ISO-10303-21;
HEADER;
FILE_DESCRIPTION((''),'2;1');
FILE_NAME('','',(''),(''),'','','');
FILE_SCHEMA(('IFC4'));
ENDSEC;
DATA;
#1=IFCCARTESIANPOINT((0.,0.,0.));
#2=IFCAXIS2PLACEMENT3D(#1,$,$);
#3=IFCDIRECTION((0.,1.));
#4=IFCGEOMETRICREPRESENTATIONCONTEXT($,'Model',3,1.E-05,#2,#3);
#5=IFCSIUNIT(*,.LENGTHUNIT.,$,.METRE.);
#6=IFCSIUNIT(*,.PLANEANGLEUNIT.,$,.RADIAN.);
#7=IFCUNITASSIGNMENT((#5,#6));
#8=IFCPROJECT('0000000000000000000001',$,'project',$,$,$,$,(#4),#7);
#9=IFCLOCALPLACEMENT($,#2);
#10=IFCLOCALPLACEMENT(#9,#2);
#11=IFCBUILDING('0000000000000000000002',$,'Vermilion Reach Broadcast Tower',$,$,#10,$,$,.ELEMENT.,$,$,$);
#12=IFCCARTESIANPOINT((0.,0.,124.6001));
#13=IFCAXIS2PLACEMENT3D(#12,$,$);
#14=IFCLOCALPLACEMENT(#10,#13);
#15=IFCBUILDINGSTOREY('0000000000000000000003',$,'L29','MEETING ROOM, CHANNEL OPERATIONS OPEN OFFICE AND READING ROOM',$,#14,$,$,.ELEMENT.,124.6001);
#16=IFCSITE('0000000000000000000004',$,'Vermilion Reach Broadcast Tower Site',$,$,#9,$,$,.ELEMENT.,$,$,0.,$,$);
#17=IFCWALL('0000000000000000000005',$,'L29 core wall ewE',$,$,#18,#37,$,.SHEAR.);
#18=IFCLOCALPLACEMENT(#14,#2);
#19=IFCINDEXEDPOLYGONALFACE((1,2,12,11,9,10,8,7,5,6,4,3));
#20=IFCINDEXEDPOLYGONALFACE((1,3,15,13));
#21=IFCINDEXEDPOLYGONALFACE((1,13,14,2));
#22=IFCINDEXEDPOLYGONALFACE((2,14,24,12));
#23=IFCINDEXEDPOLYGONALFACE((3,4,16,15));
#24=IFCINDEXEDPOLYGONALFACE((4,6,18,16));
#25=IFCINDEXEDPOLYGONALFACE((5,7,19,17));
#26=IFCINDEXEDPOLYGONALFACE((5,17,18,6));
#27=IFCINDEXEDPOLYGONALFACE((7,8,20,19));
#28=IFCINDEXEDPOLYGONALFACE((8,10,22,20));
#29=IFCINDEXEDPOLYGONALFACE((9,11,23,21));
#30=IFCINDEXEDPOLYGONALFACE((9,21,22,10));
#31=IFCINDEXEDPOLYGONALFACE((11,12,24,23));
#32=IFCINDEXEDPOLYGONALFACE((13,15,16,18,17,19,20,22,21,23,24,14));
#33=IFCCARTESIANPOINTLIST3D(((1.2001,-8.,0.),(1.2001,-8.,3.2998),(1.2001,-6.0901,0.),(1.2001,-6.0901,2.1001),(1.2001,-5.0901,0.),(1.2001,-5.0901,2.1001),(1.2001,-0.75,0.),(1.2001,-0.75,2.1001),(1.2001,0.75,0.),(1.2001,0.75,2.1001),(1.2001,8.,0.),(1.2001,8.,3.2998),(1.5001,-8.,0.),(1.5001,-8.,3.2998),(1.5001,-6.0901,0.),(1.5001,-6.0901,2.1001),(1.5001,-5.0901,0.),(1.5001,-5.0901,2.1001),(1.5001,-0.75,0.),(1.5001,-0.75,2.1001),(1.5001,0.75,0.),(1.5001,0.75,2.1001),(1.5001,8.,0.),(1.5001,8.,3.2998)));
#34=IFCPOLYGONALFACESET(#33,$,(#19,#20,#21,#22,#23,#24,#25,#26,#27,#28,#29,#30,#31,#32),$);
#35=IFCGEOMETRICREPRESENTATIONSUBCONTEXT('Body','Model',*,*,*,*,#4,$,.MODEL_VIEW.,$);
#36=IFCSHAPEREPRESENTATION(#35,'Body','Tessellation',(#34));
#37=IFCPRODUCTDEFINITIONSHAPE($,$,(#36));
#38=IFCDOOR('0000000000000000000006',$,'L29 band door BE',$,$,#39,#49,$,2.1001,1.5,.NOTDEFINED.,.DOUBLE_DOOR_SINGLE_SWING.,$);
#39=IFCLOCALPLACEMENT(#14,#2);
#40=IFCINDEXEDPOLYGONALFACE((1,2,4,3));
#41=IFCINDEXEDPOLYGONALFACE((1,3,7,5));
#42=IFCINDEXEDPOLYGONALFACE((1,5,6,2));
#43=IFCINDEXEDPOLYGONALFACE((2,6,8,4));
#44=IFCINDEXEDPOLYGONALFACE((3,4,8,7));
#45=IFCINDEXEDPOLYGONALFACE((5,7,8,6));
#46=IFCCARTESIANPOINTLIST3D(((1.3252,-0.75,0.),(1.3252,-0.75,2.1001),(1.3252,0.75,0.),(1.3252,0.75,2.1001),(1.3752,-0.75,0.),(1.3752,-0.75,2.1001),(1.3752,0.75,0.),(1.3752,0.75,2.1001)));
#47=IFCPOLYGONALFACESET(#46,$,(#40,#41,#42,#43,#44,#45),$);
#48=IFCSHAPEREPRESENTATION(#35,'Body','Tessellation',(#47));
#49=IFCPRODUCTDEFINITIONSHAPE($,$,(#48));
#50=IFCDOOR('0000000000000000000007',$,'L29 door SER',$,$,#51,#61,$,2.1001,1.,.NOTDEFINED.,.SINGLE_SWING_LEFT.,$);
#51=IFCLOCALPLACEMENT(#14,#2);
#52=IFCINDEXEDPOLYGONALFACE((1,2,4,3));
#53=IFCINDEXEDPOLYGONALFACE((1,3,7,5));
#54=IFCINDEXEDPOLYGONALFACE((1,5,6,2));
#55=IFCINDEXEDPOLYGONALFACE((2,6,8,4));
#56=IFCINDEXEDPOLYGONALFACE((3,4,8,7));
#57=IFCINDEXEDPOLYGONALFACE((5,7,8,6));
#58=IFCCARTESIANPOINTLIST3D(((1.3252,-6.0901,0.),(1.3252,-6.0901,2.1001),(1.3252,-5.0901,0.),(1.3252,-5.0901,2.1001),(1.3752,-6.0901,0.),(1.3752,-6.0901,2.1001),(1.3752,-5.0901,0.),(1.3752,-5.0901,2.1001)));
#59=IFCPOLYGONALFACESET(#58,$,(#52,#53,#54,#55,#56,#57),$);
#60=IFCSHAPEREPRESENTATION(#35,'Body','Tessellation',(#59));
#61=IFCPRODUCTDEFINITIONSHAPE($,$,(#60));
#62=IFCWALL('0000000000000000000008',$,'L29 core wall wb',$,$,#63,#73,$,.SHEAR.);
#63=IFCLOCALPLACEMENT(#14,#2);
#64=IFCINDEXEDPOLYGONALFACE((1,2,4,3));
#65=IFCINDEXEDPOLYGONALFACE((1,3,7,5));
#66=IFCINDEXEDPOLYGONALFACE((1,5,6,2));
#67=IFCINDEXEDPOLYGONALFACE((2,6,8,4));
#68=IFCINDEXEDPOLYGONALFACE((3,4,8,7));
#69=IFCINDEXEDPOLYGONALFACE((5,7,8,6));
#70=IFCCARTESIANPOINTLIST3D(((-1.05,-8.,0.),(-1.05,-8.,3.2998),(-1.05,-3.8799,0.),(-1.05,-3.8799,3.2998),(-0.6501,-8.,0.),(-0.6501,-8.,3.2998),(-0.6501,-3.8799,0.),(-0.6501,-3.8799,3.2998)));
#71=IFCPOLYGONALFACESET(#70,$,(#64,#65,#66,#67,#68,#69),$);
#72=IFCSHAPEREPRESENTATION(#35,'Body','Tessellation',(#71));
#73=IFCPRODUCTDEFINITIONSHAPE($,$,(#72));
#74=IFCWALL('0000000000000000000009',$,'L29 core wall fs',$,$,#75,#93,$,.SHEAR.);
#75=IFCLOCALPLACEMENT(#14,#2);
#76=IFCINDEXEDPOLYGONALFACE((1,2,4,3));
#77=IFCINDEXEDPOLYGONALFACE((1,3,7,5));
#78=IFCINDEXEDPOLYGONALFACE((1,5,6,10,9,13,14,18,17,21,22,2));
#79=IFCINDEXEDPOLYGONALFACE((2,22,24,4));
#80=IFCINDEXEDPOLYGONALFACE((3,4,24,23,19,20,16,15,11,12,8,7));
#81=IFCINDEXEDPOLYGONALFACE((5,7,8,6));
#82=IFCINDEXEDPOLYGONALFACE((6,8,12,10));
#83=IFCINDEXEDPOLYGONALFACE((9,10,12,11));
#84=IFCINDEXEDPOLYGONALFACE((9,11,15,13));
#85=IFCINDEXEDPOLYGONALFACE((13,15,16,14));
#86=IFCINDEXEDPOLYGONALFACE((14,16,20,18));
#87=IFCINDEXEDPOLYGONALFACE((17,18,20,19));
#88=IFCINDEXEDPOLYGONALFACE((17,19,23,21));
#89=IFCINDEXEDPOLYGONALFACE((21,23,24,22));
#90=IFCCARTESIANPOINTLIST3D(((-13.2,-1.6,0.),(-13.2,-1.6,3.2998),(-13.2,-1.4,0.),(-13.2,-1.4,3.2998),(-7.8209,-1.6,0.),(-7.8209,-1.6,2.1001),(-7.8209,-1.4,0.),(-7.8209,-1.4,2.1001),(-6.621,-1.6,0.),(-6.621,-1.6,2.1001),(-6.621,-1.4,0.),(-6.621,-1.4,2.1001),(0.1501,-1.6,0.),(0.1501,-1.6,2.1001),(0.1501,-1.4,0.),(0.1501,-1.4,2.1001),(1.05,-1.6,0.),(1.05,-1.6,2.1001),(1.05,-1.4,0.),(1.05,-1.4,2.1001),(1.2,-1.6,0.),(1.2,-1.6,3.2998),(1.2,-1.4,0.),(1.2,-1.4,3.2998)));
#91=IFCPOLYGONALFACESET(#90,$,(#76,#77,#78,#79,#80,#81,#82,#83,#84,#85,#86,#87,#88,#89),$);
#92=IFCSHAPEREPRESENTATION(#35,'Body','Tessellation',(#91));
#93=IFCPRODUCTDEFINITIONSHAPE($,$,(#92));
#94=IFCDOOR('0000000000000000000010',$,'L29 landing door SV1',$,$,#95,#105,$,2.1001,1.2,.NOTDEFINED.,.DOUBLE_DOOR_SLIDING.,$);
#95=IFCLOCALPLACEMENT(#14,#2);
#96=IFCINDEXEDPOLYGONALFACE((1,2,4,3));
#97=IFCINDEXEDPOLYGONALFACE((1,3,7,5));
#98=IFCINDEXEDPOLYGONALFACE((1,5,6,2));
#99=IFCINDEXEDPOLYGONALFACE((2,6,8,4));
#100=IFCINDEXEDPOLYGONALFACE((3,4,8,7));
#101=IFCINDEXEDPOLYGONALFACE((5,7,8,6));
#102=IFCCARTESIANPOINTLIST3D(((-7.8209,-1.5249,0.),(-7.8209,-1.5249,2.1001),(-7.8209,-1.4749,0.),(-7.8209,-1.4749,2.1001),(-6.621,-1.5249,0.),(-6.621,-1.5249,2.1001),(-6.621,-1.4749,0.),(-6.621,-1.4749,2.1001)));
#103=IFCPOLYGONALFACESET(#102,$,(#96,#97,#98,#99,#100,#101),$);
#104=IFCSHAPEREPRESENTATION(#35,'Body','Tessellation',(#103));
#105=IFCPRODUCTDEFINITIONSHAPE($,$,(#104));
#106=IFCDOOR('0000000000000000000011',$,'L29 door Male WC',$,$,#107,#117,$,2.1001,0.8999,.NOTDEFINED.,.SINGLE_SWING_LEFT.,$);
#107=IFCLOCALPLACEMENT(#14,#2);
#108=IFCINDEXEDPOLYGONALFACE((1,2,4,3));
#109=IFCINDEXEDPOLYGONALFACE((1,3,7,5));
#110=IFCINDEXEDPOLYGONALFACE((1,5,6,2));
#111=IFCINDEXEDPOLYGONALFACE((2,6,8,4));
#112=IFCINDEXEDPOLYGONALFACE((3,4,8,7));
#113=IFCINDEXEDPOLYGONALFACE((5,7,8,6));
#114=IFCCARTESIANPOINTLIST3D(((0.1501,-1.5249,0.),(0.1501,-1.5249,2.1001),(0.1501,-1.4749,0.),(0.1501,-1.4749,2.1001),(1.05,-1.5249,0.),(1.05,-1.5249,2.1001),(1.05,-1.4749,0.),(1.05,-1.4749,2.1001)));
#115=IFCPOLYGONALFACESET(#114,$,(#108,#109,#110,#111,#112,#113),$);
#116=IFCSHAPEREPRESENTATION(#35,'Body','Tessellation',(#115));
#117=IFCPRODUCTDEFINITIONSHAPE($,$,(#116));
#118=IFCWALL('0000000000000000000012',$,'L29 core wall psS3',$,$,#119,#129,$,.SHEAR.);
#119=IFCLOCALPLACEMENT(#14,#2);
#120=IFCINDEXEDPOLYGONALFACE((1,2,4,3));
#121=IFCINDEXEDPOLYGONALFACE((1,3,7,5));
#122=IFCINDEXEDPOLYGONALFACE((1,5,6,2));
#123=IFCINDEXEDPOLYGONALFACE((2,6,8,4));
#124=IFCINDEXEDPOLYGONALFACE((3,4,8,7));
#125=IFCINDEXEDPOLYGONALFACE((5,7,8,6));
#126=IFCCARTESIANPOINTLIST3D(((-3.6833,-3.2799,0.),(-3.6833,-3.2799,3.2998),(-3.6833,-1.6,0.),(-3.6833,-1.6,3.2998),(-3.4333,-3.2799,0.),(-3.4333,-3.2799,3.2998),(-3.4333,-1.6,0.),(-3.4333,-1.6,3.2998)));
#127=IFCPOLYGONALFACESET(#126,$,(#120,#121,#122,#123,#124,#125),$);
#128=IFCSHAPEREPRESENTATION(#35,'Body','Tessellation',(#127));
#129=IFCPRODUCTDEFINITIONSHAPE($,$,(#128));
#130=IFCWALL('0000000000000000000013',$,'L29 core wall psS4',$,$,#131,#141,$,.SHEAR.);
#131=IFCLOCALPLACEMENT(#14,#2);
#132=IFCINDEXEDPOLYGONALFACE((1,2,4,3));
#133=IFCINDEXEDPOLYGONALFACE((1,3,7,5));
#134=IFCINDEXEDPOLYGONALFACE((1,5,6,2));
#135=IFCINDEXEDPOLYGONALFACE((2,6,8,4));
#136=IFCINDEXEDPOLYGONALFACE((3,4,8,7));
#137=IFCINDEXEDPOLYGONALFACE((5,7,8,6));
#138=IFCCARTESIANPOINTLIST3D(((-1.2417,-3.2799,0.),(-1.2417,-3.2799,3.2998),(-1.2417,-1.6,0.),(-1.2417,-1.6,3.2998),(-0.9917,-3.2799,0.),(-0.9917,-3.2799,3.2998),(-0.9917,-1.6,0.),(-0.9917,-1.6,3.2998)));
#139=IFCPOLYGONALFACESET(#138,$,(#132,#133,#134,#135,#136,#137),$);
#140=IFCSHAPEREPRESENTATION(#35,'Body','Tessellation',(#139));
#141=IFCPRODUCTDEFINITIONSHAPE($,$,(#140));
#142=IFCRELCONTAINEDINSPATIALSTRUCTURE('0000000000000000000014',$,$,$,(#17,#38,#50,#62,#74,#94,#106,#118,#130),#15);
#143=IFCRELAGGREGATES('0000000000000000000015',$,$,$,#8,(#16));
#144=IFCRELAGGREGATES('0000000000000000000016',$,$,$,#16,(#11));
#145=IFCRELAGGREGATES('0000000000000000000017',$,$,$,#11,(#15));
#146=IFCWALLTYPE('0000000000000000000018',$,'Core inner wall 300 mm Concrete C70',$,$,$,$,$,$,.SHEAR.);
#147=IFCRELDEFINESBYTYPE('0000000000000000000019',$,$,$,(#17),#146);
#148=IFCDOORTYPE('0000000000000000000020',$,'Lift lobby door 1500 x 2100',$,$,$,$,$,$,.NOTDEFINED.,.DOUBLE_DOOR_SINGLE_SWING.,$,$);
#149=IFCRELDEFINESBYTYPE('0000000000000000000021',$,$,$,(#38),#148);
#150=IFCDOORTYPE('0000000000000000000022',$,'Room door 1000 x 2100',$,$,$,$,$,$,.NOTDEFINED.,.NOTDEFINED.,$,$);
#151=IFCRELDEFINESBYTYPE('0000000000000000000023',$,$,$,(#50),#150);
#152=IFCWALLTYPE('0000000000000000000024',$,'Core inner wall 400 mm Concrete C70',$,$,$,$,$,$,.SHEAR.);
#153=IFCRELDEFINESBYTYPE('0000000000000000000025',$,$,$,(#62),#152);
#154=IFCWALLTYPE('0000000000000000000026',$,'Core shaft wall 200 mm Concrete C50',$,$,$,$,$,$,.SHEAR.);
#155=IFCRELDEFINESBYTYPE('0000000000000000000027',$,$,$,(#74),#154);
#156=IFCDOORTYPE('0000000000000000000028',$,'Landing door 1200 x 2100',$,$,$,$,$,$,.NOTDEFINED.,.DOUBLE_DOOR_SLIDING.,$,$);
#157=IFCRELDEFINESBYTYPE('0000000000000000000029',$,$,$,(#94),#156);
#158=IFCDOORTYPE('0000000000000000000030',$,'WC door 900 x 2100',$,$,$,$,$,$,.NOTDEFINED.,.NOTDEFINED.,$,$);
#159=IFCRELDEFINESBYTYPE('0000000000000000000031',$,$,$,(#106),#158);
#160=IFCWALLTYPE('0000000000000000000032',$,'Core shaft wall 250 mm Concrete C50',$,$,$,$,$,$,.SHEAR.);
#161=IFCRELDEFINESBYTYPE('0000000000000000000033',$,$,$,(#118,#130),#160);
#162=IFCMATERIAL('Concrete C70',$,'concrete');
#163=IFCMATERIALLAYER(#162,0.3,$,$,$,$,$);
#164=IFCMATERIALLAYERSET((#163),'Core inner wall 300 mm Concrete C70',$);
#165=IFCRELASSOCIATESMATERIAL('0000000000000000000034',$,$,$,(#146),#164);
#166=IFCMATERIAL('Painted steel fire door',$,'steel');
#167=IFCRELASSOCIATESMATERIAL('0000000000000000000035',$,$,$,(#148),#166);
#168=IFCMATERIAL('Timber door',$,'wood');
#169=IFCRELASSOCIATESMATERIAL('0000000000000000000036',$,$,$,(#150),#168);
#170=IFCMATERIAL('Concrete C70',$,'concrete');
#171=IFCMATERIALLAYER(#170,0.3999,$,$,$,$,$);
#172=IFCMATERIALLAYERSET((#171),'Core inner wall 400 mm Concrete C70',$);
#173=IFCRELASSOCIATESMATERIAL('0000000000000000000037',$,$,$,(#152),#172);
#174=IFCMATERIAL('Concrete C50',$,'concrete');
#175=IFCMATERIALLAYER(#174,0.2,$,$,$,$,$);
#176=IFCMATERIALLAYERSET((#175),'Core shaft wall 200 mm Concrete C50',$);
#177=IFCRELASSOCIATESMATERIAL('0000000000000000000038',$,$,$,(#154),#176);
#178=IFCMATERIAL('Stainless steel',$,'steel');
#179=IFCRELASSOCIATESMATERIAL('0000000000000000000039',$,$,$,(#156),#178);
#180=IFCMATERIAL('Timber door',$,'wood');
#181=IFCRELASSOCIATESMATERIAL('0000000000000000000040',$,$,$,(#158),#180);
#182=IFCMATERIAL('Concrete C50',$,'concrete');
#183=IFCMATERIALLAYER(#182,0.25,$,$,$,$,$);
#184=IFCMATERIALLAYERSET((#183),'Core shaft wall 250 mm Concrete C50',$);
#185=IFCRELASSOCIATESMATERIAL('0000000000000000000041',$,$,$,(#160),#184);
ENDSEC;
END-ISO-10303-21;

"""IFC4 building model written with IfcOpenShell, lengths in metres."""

from ifc_helpers import new_model, si_unit, direction, frame, frame_2d, origin, place, context, subcontext, project, spatial, rectangle, extrude, material, layer, layer_set, type_object, element, fill, save


model = new_model("IFC4")

# Units and contexts
model_context = context("Model", 3, precision=1e-05, world=origin(), true_north=direction((0.0, 1.0)))
body_context = subcontext(model_context, "Body", "Model", "MODEL_VIEW")
ifc_project = project(units=[si_unit("LENGTHUNIT", "METRE"), si_unit("PLANEANGLEUNIT", "RADIAN")], contexts=[model_context])

# Site, building, storey
site_placement = place(None, origin())
site = spatial("IfcSite", under=ifc_project, at=site_placement, Name="Vermilion Reach Broadcast Tower Site", CompositionType="ELEMENT", RefElevation=0.0)
building_placement = place(site_placement, origin())
building = spatial("IfcBuilding", under=site, at=building_placement, Name="Vermilion Reach Broadcast Tower", CompositionType="ELEMENT")
storey_placement = place(building_placement, frame((0.0, 0.0, 124.6001)))
storey = spatial("IfcBuildingStorey", under=building, at=storey_placement, Name="L29", Description="MEETING ROOM, CHANNEL OPERATIONS OPEN OFFICE AND READING ROOM", CompositionType="ELEMENT", Elevation=124.6001)

# Wall, openings, doors
ifc_material_1 = material(Name="Concrete C70", Category="concrete")
ifc_layer_1 = layer(ifc_material_1, 0.3)
ifc_layer_set_1 = layer_set([ifc_layer_1], Name="Core inner wall 300 mm Concrete C70")
wall_type_1 = type_object("IfcWallType", Name="Core inner wall 300 mm Concrete C70", PredefinedType="SHEAR", material=ifc_layer_set_1)
wall_1_placement = place(storey_placement, frame((1.3501, -8.0, 0.0), z_axis=(0.0, 0.0, 1.0), x_axis=(0.0, 1.0, 0.0)))
wall_1 = element("IfcWall", 1, at=wall_1_placement, inside=storey, type_object=wall_type_1, Name="L29 core wall ewE", PredefinedType="SHEAR", context=body_context, shape_type="SweptSolid", body=[
    extrude(rectangle(XDim=16.0, YDim=0.3, at=frame_2d((8.0, 0.0))), origin(), (0.0, 0.0, 1.0), 3.2998),
])
opening_1_placement = place(wall_1_placement, frame((1.9099, 0.0, 0.0)))
opening_1 = element("IfcOpeningElement", 2, at=opening_1_placement, cuts=wall_1, PredefinedType="OPENING", context=body_context, shape_type="SweptSolid", body=[
    extrude(rectangle(XDim=1.0, YDim=2.1001, at=frame_2d((0.5, 1.05))), frame((0.0, 0.1599, 0.0), z_axis=(0.0, -1.0, 0.0), x_axis=(1.0, 0.0, 0.0)), (0.0, 0.0, 1.0), 0.3201),
])
opening_2_placement = place(wall_1_placement, frame((7.25, 0.0, 0.0)))
opening_2 = element("IfcOpeningElement", 3, at=opening_2_placement, cuts=wall_1, PredefinedType="OPENING", context=body_context, shape_type="SweptSolid", body=[
    extrude(rectangle(XDim=1.5, YDim=2.1001, at=frame_2d((0.75, 1.05))), frame((0.0, 0.1599, 0.0), z_axis=(0.0, -1.0, 0.0), x_axis=(1.0, 0.0, 0.0)), (0.0, 0.0, 1.0), 0.3201),
])
ifc_material_2 = material(Name="Painted steel fire door", Category="steel")
door_type_1 = type_object("IfcDoorType", Name="Lift lobby door 1500 x 2100", OperationType="DOUBLE_DOOR_SINGLE_SWING", PredefinedType="NOTDEFINED", material=ifc_material_2)
door_1_placement = place(opening_2_placement, origin())
door_1 = element("IfcDoor", 4, at=door_1_placement, inside=storey, type_object=door_type_1, Name="L29 band door BE", OperationType="DOUBLE_DOOR_SINGLE_SWING", OverallHeight=2.1001, OverallWidth=1.5, PredefinedType="NOTDEFINED", context=body_context, shape_type="SweptSolid", body=[
    extrude(rectangle(XDim=1.5, YDim=2.1001, at=frame_2d((0.75, 1.05))), frame((0.0, 0.0249, 0.0), z_axis=(0.0, -1.0, 0.0), x_axis=(1.0, 0.0, 0.0)), (0.0, 0.0, 1.0), 0.05),
])
fill(opening_2, door_1)
ifc_material_3 = material(Name="Timber door", Category="wood")
door_type_2 = type_object("IfcDoorType", Name="Room door 1000 x 2100", OperationType="NOTDEFINED", PredefinedType="NOTDEFINED", material=ifc_material_3)
door_2_placement = place(opening_1_placement, origin())
door_2 = element("IfcDoor", 5, at=door_2_placement, inside=storey, type_object=door_type_2, Name="L29 door SER", OperationType="SINGLE_SWING_LEFT", OverallHeight=2.1001, OverallWidth=1.0, PredefinedType="NOTDEFINED", context=body_context, shape_type="SweptSolid", body=[
    extrude(rectangle(XDim=1.0, YDim=2.1001, at=frame_2d((0.5, 1.05))), frame((0.0, 0.0249, 0.0), z_axis=(0.0, -1.0, 0.0), x_axis=(1.0, 0.0, 0.0)), (0.0, 0.0, 1.0), 0.05),
])
fill(opening_1, door_2)

# Wall
ifc_material_4 = material(Name="Concrete C70", Category="concrete")
ifc_layer_2 = layer(ifc_material_4, 0.3999)
ifc_layer_set_2 = layer_set([ifc_layer_2], Name="Core inner wall 400 mm Concrete C70")
wall_type_2 = type_object("IfcWallType", Name="Core inner wall 400 mm Concrete C70", PredefinedType="SHEAR", material=ifc_layer_set_2)
wall_2_placement = place(storey_placement, frame((-0.8501, -3.8799, 0.0), z_axis=(0.0, 0.0, 1.0), x_axis=(0.0, -1.0, 0.0)))
element("IfcWall", 6, at=wall_2_placement, inside=storey, type_object=wall_type_2, Name="L29 core wall wb", PredefinedType="SHEAR", context=body_context, shape_type="SweptSolid", body=[
    extrude(rectangle(XDim=4.1201, YDim=0.3999, at=frame_2d((2.0601, 0.0))), origin(), (0.0, 0.0, 1.0), 3.2998),
])

# Wall, openings, doors
ifc_material_5 = material(Name="Concrete C50", Category="concrete")
ifc_layer_3 = layer(ifc_material_5, 0.2)
ifc_layer_set_3 = layer_set([ifc_layer_3], Name="Core shaft wall 200 mm Concrete C50")
wall_type_3 = type_object("IfcWallType", Name="Core shaft wall 200 mm Concrete C50", PredefinedType="SHEAR", material=ifc_layer_set_3)
wall_3_placement = place(storey_placement, frame((1.2, -1.5, 0.0), z_axis=(0.0, 0.0, 1.0), x_axis=(-1.0, 0.0, 0.0)))
wall_3 = element("IfcWall", 7, at=wall_3_placement, inside=storey, type_object=wall_type_3, Name="L29 core wall fs", PredefinedType="SHEAR", context=body_context, shape_type="SweptSolid", body=[
    extrude(rectangle(XDim=14.3999, YDim=0.2, at=frame_2d((7.2, 0.0))), origin(), (0.0, 0.0, 1.0), 3.2998),
])
opening_3_placement = place(wall_3_placement, frame((7.8208, 0.0, 0.0)))
opening_3 = element("IfcOpeningElement", 8, at=opening_3_placement, cuts=wall_3, PredefinedType="OPENING", context=body_context, shape_type="SweptSolid", body=[
    extrude(rectangle(XDim=1.2, YDim=2.1001, at=frame_2d((0.6001, 1.05))), frame((0.0, 0.1099, 0.0), z_axis=(0.0, -1.0, 0.0), x_axis=(1.0, 0.0, 0.0)), (0.0, 0.0, 1.0), 0.22),
])
opening_4_placement = place(wall_3_placement, frame((0.1499, 0.0, 0.0)))
opening_4 = element("IfcOpeningElement", 9, at=opening_4_placement, cuts=wall_3, PredefinedType="OPENING", context=body_context, shape_type="SweptSolid", body=[
    extrude(rectangle(XDim=0.8999, YDim=2.1001, at=frame_2d((0.45, 1.05))), frame((0.0, 0.1099, 0.0), z_axis=(0.0, -1.0, 0.0), x_axis=(1.0, 0.0, 0.0)), (0.0, 0.0, 1.0), 0.22),
])
ifc_material_6 = material(Name="Stainless steel", Category="steel")
door_type_3 = type_object("IfcDoorType", Name="Landing door 1200 x 2100", OperationType="DOUBLE_DOOR_SLIDING", PredefinedType="NOTDEFINED", material=ifc_material_6)
door_3_placement = place(opening_3_placement, origin())
door_3 = element("IfcDoor", 10, at=door_3_placement, inside=storey, type_object=door_type_3, Name="L29 landing door SV1", OperationType="DOUBLE_DOOR_SLIDING", OverallHeight=2.1001, OverallWidth=1.2, PredefinedType="NOTDEFINED", context=body_context, shape_type="SweptSolid", body=[
    extrude(rectangle(XDim=1.2, YDim=2.1001, at=frame_2d((0.6001, 1.05))), frame((0.0, 0.0249, 0.0), z_axis=(0.0, -1.0, 0.0), x_axis=(1.0, 0.0, 0.0)), (0.0, 0.0, 1.0), 0.05),
])
fill(opening_3, door_3)
ifc_material_7 = material(Name="Timber door", Category="wood")
door_type_4 = type_object("IfcDoorType", Name="WC door 900 x 2100", OperationType="NOTDEFINED", PredefinedType="NOTDEFINED", material=ifc_material_7)
door_4_placement = place(opening_4_placement, origin())
door_4 = element("IfcDoor", 11, at=door_4_placement, inside=storey, type_object=door_type_4, Name="L29 door Male WC", OperationType="SINGLE_SWING_LEFT", OverallHeight=2.1001, OverallWidth=0.8999, PredefinedType="NOTDEFINED", context=body_context, shape_type="SweptSolid", body=[
    extrude(rectangle(XDim=0.8999, YDim=2.1001, at=frame_2d((0.45, 1.05))), frame((0.0, 0.0249, 0.0), z_axis=(0.0, -1.0, 0.0), x_axis=(1.0, 0.0, 0.0)), (0.0, 0.0, 1.0), 0.05),
])
fill(opening_4, door_4)

# Walls
ifc_material_8 = material(Name="Concrete C50", Category="concrete")
ifc_layer_4 = layer(ifc_material_8, 0.25)
ifc_layer_set_4 = layer_set([ifc_layer_4], Name="Core shaft wall 250 mm Concrete C50")
wall_type_4 = type_object("IfcWallType", Name="Core shaft wall 250 mm Concrete C50", PredefinedType="SHEAR", material=ifc_layer_set_4)
for number, where, z_axis, x_axis, name in (
    (12, (-3.5583, -1.6001, 0.0), (0.0, 0.0, 1.0), (0.0, -1.0, 0.0), "L29 core wall psS3"),
    (13, (-1.1167, -1.6001, 0.0), (0.0, 0.0, 1.0), (0.0, -1.0, 0.0), "L29 core wall psS4"),
):
    element("IfcWall", number, at=place(storey_placement, frame(where, z_axis=z_axis, x_axis=x_axis)), inside=storey, type_object=wall_type_4, Name=name, PredefinedType="SHEAR", context=body_context, shape_type="SweptSolid", body=[
        extrude(rectangle(XDim=1.6799, YDim=0.25, at=frame_2d((0.8398, 0.0))), origin(), (0.0, 0.0, 1.0), 3.2998),
    ])

save(model, "model.ifc")
